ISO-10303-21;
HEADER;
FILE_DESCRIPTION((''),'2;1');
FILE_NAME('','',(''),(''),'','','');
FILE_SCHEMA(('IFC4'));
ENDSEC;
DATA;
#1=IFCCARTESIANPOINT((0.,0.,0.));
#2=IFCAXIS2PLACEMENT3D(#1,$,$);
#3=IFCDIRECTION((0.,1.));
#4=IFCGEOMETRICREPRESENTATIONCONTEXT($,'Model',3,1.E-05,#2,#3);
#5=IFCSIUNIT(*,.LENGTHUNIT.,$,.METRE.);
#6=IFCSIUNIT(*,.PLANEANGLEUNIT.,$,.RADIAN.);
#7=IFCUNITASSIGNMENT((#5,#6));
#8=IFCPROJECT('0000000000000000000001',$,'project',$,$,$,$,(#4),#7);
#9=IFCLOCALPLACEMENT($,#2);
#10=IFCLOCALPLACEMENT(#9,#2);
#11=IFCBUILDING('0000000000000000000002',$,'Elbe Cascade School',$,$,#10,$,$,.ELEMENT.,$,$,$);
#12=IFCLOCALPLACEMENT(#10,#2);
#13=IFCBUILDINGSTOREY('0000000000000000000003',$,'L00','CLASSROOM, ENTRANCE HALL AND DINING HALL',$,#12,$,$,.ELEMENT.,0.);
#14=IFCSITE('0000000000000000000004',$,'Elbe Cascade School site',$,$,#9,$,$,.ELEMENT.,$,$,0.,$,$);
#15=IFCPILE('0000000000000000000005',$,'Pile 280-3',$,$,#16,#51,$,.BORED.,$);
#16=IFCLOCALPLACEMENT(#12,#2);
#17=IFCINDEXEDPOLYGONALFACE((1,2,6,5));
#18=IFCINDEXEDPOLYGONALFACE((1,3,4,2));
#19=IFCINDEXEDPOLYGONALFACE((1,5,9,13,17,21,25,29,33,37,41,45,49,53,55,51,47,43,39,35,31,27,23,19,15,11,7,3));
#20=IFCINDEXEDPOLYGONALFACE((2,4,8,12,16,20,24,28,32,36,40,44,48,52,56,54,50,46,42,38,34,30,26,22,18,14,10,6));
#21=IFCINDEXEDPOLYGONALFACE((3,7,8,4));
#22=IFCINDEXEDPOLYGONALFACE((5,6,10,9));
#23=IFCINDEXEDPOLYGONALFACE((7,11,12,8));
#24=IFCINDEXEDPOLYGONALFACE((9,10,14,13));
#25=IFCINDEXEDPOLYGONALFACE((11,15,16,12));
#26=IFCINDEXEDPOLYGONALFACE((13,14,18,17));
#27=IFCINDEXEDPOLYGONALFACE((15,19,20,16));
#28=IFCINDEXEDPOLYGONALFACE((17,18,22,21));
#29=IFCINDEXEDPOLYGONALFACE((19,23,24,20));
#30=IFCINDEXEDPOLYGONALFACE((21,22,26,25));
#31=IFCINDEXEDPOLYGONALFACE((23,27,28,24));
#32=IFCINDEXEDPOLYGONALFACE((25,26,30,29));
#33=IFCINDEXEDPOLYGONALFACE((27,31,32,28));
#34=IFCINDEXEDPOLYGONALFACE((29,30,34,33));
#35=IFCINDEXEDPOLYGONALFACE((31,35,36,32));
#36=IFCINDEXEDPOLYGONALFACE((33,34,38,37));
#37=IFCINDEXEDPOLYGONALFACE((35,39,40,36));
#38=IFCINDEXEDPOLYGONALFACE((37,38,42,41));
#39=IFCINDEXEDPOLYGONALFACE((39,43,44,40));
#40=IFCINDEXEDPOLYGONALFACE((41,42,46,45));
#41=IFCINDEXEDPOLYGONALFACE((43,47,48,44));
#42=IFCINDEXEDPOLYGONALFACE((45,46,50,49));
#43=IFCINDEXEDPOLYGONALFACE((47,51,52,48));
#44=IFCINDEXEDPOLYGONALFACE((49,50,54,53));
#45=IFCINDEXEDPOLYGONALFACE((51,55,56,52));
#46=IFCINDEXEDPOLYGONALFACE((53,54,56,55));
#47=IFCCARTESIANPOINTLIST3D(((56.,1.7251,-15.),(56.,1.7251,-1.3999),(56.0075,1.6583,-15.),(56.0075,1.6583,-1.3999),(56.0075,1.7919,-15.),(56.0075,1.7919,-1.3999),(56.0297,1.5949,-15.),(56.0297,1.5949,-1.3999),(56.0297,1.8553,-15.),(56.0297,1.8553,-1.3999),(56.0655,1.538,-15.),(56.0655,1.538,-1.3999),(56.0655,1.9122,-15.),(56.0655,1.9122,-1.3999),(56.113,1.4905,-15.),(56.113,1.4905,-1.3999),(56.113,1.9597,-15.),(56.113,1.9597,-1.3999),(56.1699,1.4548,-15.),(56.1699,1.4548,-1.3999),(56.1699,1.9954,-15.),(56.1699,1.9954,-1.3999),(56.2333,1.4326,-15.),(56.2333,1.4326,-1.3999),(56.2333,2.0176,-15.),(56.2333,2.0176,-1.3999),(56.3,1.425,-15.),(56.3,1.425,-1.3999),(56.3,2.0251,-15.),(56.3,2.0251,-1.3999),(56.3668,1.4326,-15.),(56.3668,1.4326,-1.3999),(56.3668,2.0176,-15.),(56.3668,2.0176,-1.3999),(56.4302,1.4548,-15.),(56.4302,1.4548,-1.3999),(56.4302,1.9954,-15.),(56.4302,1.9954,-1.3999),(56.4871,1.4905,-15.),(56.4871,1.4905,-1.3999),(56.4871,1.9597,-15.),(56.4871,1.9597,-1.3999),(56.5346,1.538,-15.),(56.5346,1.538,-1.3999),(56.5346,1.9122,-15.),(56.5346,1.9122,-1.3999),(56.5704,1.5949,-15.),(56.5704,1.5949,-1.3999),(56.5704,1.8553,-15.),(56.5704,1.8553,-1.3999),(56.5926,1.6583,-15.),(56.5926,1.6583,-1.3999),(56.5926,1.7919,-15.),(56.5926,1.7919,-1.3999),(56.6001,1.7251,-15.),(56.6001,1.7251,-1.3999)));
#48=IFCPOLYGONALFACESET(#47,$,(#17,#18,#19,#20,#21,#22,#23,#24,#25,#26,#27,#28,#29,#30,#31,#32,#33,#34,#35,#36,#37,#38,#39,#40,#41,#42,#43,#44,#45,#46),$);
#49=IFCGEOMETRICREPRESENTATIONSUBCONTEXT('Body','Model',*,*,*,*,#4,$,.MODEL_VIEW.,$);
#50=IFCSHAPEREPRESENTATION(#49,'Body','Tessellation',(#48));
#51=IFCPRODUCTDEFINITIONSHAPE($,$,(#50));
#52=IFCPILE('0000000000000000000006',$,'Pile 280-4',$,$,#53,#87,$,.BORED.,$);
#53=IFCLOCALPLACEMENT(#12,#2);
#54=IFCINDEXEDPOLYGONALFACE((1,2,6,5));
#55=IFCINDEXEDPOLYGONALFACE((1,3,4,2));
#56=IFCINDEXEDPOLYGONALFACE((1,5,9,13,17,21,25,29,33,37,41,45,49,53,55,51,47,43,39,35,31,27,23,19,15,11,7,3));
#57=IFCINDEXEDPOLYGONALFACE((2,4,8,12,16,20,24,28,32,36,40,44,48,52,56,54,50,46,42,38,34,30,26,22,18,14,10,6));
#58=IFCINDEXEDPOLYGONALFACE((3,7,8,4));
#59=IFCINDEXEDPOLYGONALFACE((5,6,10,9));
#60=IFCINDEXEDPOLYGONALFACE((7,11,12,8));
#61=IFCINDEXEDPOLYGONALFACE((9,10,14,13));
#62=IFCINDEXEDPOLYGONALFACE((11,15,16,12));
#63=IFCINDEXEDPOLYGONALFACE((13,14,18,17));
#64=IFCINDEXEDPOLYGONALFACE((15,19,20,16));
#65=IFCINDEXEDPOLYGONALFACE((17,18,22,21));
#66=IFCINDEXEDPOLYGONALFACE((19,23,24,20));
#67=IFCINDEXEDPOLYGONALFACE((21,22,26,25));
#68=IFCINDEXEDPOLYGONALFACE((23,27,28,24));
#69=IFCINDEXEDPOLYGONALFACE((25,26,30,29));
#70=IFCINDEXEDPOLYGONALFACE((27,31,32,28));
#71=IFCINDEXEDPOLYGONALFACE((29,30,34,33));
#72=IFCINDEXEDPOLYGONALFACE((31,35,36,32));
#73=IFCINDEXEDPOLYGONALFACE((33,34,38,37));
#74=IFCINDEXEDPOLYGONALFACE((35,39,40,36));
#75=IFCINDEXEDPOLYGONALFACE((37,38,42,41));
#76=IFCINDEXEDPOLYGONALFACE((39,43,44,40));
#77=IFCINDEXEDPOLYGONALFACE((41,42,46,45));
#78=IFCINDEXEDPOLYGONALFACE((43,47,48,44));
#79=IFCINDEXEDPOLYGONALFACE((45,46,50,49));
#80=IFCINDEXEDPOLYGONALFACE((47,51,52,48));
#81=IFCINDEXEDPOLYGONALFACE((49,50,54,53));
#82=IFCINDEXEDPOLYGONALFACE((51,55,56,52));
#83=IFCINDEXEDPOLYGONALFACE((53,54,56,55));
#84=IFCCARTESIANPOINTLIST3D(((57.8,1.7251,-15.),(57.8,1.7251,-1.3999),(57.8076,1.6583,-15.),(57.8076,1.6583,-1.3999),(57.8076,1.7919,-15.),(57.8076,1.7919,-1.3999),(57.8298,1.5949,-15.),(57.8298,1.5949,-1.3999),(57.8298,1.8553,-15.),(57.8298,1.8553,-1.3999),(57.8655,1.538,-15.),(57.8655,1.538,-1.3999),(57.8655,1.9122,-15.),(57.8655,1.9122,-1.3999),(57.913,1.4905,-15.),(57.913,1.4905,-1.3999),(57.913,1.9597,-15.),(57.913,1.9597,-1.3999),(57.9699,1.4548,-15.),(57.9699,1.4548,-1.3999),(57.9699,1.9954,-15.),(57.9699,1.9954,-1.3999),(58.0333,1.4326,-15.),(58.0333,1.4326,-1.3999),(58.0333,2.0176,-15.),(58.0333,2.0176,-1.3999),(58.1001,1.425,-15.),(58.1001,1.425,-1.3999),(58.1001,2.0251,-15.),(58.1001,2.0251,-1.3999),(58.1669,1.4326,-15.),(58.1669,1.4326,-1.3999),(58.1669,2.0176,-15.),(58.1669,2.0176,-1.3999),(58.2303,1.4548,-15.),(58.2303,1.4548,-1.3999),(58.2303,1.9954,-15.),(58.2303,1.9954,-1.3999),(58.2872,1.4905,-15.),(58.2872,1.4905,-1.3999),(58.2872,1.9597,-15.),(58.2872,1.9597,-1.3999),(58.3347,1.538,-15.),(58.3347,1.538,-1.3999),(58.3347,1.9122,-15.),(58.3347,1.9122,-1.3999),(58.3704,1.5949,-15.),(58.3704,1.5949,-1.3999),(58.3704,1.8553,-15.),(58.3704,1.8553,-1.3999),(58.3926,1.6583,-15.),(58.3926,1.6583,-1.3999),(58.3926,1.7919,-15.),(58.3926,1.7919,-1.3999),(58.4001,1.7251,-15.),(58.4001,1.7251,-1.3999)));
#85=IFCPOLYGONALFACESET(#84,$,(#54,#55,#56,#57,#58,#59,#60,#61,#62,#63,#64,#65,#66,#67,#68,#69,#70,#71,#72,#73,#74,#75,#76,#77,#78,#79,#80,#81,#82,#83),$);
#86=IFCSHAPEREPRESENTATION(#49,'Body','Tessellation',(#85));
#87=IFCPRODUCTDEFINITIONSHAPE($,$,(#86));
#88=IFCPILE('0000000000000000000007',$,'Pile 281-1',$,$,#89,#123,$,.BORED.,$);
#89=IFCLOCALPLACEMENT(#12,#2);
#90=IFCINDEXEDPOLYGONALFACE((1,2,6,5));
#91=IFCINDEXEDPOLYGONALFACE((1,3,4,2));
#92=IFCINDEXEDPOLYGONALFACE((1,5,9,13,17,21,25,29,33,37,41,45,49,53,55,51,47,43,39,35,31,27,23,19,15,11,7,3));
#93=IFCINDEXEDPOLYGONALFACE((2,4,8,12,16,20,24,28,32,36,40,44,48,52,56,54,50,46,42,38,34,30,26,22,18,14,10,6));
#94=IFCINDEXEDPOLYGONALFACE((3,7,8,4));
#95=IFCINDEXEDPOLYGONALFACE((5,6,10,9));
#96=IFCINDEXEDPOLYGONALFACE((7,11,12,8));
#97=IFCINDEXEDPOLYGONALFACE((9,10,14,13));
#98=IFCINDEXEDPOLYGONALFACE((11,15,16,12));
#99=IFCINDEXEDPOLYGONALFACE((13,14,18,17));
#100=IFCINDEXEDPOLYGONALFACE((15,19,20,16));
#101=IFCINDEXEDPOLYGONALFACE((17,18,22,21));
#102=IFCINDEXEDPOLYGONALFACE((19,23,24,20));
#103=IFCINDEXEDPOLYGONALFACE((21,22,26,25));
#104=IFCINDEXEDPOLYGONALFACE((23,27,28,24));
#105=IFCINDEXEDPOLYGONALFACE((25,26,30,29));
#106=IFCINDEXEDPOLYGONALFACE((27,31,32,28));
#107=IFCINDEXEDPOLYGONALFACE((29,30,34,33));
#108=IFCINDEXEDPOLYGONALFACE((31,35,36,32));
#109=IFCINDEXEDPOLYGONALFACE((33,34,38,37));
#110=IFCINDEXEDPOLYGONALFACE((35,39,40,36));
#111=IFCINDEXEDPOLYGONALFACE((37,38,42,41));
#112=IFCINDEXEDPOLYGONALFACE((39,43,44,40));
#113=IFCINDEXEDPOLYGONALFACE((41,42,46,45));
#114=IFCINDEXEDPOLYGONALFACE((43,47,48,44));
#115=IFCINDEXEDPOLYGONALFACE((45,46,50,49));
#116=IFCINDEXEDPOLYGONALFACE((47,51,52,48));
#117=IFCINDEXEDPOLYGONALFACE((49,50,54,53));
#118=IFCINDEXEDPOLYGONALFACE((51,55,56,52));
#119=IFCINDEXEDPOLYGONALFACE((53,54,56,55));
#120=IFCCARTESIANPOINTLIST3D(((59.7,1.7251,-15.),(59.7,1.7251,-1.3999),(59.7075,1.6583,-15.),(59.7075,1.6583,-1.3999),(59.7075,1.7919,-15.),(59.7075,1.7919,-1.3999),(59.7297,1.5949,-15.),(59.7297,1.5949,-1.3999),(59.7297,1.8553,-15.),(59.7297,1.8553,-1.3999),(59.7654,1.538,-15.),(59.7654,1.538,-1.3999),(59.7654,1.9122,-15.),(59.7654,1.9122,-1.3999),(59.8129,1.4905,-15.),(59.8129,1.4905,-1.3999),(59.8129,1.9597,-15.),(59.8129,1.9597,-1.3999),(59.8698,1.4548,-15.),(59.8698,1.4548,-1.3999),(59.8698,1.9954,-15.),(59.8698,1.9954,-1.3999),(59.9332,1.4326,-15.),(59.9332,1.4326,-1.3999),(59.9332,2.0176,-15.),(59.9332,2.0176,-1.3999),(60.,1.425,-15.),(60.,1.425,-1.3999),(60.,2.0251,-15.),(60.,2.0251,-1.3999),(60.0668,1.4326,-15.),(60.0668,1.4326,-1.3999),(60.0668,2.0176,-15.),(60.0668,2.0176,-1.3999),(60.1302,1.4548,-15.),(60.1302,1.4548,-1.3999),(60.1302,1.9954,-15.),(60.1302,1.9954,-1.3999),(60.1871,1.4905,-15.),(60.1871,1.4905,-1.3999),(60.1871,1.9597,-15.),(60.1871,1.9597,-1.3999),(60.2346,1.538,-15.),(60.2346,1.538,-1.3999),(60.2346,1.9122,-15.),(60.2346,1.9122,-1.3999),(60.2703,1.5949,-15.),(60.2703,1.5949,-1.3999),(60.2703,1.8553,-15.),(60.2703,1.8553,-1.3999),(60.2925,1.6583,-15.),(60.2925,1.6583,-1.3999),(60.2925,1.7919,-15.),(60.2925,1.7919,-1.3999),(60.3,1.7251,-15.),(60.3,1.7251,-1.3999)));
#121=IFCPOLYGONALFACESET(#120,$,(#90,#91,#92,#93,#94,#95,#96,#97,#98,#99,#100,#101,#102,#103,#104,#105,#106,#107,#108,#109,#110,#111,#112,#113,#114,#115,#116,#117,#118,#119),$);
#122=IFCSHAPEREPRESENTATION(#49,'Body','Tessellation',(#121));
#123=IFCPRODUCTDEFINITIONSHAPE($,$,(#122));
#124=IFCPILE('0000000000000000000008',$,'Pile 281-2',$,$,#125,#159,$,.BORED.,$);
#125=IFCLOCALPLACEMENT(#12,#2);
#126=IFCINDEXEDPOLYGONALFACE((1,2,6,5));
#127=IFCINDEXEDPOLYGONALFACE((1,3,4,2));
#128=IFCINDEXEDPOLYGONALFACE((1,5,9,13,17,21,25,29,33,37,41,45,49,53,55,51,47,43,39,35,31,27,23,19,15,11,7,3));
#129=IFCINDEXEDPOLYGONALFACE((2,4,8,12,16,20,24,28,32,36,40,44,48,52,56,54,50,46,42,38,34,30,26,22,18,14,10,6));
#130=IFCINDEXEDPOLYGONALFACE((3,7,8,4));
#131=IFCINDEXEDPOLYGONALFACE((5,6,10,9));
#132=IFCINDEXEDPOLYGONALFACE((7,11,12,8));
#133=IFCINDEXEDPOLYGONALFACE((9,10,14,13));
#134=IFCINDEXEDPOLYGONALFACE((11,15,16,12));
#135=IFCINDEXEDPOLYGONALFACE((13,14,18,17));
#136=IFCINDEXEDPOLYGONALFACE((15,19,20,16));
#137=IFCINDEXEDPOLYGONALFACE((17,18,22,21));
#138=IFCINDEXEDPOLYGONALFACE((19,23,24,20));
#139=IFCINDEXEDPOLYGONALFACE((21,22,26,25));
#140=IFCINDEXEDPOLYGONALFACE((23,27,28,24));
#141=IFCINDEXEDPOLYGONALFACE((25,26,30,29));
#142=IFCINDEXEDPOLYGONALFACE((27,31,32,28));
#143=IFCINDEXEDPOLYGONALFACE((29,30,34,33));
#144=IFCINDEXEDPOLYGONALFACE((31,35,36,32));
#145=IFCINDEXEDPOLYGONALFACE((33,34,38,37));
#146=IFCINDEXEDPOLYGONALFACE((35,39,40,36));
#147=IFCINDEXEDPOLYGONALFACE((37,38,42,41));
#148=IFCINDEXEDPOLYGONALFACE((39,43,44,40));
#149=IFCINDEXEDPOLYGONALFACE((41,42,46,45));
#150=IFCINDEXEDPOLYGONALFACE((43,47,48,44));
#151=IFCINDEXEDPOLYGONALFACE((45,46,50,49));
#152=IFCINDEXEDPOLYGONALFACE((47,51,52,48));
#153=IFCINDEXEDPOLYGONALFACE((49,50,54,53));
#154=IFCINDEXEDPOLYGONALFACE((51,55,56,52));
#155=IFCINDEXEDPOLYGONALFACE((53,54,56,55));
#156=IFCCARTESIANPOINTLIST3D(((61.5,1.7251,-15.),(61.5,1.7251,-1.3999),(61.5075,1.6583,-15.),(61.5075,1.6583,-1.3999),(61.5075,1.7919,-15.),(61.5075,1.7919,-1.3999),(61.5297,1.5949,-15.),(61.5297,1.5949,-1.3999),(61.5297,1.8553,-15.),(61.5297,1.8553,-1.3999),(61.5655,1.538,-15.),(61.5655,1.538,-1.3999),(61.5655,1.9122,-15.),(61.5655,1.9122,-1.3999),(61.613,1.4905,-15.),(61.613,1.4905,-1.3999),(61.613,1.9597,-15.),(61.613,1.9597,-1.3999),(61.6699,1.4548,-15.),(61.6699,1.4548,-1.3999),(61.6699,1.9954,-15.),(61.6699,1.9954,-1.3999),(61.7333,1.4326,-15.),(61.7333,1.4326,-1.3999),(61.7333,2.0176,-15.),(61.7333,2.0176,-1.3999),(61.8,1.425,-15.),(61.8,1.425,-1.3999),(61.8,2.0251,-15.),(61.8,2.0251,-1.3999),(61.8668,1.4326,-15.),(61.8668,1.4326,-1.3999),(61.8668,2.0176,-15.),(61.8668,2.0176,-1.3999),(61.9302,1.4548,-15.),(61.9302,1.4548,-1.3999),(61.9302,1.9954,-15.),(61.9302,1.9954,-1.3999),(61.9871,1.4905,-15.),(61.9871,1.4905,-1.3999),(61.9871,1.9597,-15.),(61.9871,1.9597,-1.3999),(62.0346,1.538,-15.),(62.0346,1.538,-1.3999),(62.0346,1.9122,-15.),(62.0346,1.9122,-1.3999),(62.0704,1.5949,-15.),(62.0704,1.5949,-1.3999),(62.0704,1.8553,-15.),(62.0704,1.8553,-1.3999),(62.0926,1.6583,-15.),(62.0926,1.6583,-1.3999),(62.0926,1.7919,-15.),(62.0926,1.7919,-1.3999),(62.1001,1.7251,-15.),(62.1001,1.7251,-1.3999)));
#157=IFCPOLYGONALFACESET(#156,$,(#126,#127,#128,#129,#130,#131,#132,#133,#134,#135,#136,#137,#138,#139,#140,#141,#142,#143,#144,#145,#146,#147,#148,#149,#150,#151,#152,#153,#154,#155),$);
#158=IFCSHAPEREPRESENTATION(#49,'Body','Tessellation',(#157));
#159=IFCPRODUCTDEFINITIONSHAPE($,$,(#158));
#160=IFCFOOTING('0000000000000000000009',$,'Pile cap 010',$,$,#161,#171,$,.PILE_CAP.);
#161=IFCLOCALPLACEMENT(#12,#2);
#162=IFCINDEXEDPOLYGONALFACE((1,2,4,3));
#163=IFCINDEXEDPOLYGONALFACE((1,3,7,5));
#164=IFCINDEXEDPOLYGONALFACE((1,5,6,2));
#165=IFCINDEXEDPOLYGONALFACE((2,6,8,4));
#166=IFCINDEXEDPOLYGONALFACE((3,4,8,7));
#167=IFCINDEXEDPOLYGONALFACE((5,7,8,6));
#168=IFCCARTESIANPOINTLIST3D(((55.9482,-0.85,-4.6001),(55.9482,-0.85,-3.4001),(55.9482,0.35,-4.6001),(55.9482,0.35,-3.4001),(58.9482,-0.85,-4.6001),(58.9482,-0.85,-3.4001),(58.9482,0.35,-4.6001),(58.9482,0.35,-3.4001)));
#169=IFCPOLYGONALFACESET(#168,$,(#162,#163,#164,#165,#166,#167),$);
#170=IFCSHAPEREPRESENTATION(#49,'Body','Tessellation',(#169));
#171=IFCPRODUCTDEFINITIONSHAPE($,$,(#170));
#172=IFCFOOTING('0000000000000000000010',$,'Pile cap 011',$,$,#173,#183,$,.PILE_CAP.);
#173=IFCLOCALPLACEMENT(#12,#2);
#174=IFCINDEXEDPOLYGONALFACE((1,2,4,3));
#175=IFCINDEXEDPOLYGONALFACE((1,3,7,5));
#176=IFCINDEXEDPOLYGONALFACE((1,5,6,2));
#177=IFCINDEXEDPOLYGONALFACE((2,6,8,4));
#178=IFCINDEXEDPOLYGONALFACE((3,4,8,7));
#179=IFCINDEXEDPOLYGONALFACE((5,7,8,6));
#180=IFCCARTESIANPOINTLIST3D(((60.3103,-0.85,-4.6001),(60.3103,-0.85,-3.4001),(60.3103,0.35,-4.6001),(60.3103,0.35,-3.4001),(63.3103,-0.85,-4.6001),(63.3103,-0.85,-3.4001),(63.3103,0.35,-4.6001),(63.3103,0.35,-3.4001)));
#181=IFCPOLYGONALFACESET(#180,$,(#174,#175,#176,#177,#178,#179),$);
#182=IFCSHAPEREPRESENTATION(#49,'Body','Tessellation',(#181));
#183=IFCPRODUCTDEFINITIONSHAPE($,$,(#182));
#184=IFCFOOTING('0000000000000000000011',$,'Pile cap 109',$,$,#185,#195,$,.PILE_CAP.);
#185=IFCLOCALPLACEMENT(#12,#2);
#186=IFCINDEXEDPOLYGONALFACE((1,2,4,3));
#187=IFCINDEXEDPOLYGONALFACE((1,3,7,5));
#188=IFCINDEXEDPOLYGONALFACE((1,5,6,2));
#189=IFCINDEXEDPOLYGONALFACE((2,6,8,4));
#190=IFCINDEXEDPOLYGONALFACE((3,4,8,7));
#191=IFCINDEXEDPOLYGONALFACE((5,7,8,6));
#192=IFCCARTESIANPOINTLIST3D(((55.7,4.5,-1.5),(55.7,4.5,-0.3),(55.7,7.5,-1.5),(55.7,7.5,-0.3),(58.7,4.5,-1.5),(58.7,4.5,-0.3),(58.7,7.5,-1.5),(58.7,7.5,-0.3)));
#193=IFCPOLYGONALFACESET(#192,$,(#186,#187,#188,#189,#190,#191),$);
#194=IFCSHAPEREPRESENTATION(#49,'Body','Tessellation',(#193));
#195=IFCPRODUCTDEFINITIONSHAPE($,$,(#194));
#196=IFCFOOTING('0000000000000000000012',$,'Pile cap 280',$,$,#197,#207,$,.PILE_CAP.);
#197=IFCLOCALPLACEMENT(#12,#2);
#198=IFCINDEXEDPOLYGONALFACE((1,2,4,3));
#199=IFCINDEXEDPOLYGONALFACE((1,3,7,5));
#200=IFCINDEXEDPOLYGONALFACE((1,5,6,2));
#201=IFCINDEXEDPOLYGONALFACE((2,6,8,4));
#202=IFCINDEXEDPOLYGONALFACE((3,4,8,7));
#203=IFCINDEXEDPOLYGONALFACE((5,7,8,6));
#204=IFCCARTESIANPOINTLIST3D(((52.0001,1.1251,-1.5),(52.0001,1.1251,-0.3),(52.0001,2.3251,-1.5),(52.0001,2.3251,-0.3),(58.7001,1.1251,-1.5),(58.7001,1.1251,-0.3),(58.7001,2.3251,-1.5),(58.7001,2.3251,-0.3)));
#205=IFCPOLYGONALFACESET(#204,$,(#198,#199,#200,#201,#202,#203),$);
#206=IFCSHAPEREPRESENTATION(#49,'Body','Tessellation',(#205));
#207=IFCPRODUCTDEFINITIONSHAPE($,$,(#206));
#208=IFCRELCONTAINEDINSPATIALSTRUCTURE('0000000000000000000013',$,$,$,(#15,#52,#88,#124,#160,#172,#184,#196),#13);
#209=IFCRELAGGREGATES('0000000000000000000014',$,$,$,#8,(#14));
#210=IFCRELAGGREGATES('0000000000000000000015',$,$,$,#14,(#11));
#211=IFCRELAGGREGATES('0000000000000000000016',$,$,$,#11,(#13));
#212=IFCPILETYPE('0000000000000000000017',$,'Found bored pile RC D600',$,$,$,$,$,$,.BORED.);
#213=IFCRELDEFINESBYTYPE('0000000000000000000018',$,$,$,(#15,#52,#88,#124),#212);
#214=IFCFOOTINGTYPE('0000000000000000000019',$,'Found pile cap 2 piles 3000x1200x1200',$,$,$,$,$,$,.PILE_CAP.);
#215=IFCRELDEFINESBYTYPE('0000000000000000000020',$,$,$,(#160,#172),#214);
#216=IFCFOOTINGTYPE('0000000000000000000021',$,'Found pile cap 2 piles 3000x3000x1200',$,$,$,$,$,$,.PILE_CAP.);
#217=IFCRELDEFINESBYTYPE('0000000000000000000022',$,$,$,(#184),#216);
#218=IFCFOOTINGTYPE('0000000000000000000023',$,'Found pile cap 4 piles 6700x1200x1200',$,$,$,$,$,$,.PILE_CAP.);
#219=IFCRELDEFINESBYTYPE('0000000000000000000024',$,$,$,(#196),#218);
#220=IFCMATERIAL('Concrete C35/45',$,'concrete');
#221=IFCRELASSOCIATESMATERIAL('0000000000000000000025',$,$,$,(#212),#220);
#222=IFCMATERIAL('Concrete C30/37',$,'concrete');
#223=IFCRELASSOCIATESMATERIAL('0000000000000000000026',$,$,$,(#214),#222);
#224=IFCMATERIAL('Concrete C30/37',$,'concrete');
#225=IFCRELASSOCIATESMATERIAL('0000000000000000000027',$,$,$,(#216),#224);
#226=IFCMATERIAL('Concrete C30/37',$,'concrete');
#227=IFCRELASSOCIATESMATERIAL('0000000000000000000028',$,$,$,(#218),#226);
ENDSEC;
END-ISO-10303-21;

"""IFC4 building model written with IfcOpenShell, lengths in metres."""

from ifc_helpers import new_model, si_unit, direction, frame, origin, origin_2d, place, context, subcontext, project, spatial, rectangle, circle, extrude, material, material_profile, profile_set, type_object, element, save


model = new_model("IFC4")

# Units and contexts
model_context = context("Model", 3, precision=1e-05, world=origin(), true_north=direction((0.0, 1.0)))
body_context = subcontext(model_context, "Body", "Model", "MODEL_VIEW")
ifc_project = project(units=[si_unit("LENGTHUNIT", "METRE"), si_unit("PLANEANGLEUNIT", "RADIAN")], contexts=[model_context])

# Site, building, storey
site_placement = place(None, origin())
site = spatial("IfcSite", under=ifc_project, at=site_placement, Name="Elbe Cascade School site", CompositionType="ELEMENT", RefElevation=0.0)
building_placement = place(site_placement, origin())
building = spatial("IfcBuilding", under=site, at=building_placement, Name="Elbe Cascade School", CompositionType="ELEMENT")
storey_placement = place(building_placement, origin())
storey = spatial("IfcBuildingStorey", under=building, at=storey_placement, Name="L00", Description="CLASSROOM, ENTRANCE HALL AND DINING HALL", CompositionType="ELEMENT", Elevation=0.0)

# Piles
ifc_material_1 = material(Name="Concrete C35/45", Category="concrete")
ifc_material_profile_1 = material_profile(ifc_material_1, circle(Radius=0.3, at=origin_2d()), Name="RC D600")
ifc_profile_set_1 = profile_set([ifc_material_profile_1], Name="Concrete C35/45")
pile_type = type_object("IfcPileType", Name="Found bored pile RC D600", PredefinedType="BORED", material=ifc_profile_set_1)
for number, where, z_axis, x_axis, name in (
    (1, (56.3, 1.7251, -1.3999), (0.0, 0.0, -1.0), (1.0, 0.0, 0.0), "Pile 280-3"),
    (2, (58.1001, 1.7251, -1.3999), (0.0, 0.0, -1.0), (1.0, 0.0, 0.0), "Pile 280-4"),
    (3, (60.0, 1.7251, -1.3999), (0.0, 0.0, -1.0), (1.0, 0.0, 0.0), "Pile 281-1"),
    (4, (61.8, 1.7251, -1.3999), (0.0, 0.0, -1.0), (1.0, 0.0, 0.0), "Pile 281-2"),
):
    element("IfcPile", number, at=place(storey_placement, frame(where, z_axis=z_axis, x_axis=x_axis)), inside=storey, type_object=pile_type, Name=name, PredefinedType="BORED", context=body_context, shape_type="SweptSolid", body=[
        extrude(circle(Radius=0.3, at=origin_2d()), origin(), (0.0, 0.0, 1.0), 13.6001),
    ])

# Footings
ifc_material_2 = material(Name="Concrete C30/37", Category="concrete")
footing_type_1 = type_object("IfcFootingType", Name="Found pile cap 2 piles 3000x1200x1200", PredefinedType="PILE_CAP", material=ifc_material_2)
for number, where, z_axis, x_axis, name in (
    (5, (57.4482, -0.25, -4.6001), (0.0, 0.0, 1.0), (1.0, 0.0, 0.0), "Pile cap 010"),
    (6, (61.8103, -0.25, -4.6001), (0.0, 0.0, 1.0), (1.0, 0.0, 0.0), "Pile cap 011"),
):
    element("IfcFooting", number, at=place(storey_placement, frame(where, z_axis=z_axis, x_axis=x_axis)), inside=storey, type_object=footing_type_1, Name=name, PredefinedType="PILE_CAP", context=body_context, shape_type="SweptSolid", body=[
        extrude(rectangle(XDim=3.0, YDim=1.2, at=origin_2d()), origin(), (0.0, 0.0, 1.0), 1.2),
    ])
ifc_material_3 = material(Name="Concrete C30/37", Category="concrete")
footing_type_2 = type_object("IfcFootingType", Name="Found pile cap 2 piles 3000x3000x1200", PredefinedType="PILE_CAP", material=ifc_material_3)
footing_1_placement = place(storey_placement, frame((57.2, 6.0, -1.5), z_axis=(0.0, 0.0, 1.0), x_axis=(1.0, 0.0, 0.0)))
element("IfcFooting", 7, at=footing_1_placement, inside=storey, type_object=footing_type_2, Name="Pile cap 109", PredefinedType="PILE_CAP", context=body_context, shape_type="SweptSolid", body=[
    extrude(rectangle(XDim=3.0, YDim=3.0, at=origin_2d()), origin(), (0.0, 0.0, 1.0), 1.2),
])
ifc_material_4 = material(Name="Concrete C30/37", Category="concrete")
footing_type_3 = type_object("IfcFootingType", Name="Found pile cap 4 piles 6700x1200x1200", PredefinedType="PILE_CAP", material=ifc_material_4)
footing_2_placement = place(storey_placement, frame((55.3501, 1.7251, -1.5), z_axis=(0.0, 0.0, 1.0), x_axis=(1.0, 0.0, 0.0)))
element("IfcFooting", 8, at=footing_2_placement, inside=storey, type_object=footing_type_3, Name="Pile cap 280", PredefinedType="PILE_CAP", context=body_context, shape_type="SweptSolid", body=[
    extrude(rectangle(XDim=6.7, YDim=1.2, at=origin_2d()), origin(), (0.0, 0.0, 1.0), 1.2),
])

save(model, "model.ifc")
